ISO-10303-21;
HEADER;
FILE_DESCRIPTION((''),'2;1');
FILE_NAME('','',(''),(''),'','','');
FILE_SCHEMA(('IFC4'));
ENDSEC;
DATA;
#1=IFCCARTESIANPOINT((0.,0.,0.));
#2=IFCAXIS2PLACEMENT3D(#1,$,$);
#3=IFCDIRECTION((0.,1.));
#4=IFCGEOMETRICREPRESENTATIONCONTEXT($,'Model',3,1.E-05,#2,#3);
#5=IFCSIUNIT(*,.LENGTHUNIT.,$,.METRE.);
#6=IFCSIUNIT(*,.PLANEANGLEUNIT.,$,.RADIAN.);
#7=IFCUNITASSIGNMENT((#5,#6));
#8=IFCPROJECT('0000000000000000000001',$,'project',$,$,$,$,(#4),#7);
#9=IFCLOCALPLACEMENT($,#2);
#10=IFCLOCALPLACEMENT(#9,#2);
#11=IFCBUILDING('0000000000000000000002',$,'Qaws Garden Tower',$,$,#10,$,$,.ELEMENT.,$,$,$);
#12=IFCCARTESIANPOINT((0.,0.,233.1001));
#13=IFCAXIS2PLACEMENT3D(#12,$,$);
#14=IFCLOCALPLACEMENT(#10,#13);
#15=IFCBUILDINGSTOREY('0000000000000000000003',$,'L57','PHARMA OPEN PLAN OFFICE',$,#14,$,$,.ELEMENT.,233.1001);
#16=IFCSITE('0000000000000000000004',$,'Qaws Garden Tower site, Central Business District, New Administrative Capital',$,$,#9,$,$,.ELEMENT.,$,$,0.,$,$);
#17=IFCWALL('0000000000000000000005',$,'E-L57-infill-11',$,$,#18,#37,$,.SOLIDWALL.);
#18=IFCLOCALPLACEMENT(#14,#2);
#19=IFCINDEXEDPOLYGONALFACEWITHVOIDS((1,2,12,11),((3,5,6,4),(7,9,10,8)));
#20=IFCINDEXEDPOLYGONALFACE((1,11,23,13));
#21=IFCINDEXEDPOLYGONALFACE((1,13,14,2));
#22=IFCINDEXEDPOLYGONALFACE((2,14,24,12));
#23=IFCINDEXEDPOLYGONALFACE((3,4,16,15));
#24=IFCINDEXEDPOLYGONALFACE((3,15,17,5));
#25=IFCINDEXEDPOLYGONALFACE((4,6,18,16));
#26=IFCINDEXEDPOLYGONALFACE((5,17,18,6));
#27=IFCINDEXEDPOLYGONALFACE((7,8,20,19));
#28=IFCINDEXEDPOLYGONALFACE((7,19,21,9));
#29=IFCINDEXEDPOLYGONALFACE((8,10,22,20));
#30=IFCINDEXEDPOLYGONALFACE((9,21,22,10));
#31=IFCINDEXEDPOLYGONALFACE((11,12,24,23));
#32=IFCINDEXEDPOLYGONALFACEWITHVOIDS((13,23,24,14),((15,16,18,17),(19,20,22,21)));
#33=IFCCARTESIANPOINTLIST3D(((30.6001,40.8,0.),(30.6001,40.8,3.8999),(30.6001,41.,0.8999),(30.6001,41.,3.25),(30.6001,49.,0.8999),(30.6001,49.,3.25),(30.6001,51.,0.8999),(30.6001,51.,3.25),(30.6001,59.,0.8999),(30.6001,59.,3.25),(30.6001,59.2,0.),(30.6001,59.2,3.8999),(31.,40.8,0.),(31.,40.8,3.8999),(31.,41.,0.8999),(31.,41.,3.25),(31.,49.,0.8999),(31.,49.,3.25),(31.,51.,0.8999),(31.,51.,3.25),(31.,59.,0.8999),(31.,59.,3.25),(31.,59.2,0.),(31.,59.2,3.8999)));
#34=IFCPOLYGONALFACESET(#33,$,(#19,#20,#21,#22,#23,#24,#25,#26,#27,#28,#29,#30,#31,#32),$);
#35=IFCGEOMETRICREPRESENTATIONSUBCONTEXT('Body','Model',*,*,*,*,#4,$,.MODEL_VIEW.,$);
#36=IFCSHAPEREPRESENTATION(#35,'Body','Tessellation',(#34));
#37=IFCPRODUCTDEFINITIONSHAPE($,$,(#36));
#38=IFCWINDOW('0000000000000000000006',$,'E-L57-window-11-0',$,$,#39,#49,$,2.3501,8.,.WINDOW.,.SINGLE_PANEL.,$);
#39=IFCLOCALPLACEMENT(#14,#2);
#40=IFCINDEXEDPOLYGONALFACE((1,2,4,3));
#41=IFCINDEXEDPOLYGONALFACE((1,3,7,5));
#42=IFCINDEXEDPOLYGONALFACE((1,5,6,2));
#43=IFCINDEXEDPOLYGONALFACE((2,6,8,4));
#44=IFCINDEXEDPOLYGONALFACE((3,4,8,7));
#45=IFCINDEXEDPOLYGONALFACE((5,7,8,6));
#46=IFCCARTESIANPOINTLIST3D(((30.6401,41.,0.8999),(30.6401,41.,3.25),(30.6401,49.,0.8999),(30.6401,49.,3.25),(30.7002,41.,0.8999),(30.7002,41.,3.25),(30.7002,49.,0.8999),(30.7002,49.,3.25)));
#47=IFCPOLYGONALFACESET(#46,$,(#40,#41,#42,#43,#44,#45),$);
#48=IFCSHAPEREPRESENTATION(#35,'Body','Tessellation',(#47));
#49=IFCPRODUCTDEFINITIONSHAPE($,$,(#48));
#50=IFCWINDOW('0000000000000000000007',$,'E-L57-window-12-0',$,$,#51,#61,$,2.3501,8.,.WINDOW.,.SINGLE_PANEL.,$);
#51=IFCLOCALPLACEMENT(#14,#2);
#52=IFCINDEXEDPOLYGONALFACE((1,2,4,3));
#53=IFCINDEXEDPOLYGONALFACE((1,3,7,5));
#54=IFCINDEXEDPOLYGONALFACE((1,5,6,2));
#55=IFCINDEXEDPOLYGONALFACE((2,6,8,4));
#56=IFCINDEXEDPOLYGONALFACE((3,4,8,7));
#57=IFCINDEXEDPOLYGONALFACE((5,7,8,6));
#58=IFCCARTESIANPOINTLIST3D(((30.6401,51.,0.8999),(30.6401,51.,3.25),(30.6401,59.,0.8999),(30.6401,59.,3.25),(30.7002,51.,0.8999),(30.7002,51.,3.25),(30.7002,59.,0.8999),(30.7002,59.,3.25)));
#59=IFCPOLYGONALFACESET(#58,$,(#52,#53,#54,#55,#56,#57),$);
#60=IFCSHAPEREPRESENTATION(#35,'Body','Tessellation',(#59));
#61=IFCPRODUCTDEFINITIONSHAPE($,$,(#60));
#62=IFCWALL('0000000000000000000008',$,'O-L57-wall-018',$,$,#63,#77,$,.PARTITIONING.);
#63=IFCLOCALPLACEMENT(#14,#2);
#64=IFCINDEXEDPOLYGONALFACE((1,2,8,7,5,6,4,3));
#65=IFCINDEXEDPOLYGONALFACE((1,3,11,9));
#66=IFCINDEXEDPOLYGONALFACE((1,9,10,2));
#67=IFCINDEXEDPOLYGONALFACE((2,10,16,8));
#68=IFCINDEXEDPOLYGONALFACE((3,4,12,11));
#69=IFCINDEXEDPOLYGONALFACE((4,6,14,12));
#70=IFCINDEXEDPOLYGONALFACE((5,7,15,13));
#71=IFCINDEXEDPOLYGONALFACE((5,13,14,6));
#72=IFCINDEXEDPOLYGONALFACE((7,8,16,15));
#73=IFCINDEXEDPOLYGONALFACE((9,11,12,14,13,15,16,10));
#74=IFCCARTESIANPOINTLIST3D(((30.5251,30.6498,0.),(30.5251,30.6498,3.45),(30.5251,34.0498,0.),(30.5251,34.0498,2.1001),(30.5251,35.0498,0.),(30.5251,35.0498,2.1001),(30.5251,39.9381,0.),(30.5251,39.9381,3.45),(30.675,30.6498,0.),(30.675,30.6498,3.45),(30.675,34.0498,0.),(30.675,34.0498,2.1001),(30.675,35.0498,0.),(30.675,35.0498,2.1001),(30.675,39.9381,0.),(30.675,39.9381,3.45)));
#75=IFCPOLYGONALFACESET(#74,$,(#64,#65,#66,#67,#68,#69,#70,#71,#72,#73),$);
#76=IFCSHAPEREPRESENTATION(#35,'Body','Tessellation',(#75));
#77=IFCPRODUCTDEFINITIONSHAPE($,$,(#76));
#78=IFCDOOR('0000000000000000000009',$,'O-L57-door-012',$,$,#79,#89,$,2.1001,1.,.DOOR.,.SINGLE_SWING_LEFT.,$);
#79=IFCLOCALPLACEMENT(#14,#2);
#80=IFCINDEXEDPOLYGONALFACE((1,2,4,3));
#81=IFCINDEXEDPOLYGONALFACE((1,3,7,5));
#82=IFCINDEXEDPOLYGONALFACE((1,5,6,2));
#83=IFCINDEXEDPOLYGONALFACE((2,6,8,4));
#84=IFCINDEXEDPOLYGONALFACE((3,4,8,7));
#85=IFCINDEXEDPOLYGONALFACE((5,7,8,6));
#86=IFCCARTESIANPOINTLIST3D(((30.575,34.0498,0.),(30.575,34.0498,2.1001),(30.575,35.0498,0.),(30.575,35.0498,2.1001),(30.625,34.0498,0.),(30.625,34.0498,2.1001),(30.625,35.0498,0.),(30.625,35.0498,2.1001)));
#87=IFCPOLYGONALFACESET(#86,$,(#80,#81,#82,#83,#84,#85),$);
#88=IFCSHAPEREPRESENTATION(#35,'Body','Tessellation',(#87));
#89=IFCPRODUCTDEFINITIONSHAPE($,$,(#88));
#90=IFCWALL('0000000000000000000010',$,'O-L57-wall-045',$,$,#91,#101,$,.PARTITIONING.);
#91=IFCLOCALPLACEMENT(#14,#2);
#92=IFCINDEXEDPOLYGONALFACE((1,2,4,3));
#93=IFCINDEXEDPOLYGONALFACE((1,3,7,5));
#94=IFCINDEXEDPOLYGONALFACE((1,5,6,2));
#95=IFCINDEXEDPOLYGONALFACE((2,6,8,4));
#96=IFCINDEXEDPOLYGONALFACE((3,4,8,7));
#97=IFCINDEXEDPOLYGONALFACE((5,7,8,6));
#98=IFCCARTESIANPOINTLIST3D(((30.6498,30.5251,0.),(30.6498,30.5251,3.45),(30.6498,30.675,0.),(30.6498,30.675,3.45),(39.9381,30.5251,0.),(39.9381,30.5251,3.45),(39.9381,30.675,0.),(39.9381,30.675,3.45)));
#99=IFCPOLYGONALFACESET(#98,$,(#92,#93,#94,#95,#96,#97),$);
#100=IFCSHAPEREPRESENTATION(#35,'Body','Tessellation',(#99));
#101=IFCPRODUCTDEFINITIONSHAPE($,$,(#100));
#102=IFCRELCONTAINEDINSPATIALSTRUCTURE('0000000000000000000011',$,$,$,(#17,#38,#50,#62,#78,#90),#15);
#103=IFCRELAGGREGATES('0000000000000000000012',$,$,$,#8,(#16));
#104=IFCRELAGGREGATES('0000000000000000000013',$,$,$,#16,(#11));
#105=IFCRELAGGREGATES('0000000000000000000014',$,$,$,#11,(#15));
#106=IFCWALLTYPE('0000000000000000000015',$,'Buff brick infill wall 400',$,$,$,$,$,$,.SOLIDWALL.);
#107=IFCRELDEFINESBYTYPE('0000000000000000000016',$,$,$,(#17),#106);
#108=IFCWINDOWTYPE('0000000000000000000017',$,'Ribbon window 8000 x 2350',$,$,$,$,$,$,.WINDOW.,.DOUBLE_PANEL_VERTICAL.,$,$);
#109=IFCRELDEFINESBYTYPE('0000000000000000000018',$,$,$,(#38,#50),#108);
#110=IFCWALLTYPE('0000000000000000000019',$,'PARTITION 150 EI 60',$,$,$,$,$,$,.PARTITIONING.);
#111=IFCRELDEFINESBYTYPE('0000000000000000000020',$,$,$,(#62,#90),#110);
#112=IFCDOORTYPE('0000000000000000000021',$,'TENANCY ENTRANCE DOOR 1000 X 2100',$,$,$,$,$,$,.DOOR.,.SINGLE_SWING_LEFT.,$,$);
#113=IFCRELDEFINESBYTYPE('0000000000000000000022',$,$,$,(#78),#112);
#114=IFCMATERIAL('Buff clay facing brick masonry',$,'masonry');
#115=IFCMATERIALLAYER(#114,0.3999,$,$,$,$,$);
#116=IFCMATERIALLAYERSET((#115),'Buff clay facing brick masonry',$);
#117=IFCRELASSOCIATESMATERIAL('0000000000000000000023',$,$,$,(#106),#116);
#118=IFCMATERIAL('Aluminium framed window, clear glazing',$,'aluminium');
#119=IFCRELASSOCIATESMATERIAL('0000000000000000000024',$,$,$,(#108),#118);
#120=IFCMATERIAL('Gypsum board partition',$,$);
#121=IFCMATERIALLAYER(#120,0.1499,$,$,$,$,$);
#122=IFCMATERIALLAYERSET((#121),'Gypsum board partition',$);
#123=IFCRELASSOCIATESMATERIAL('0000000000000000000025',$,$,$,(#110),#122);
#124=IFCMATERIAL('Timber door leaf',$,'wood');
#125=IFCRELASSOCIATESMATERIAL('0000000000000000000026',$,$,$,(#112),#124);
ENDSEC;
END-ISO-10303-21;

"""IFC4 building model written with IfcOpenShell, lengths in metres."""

from ifc_helpers import new_model, si_unit, direction, frame, frame_2d, origin, place, context, subcontext, project, spatial, rectangle, extrude, material, layer, layer_set, type_object, element, fill, save


model = new_model("IFC4")

# Units and contexts
model_context = context("Model", 3, precision=1e-05, world=origin(), true_north=direction((0.0, 1.0)))
body_context = subcontext(model_context, "Body", "Model", "MODEL_VIEW")
ifc_project = project(units=[si_unit("LENGTHUNIT", "METRE"), si_unit("PLANEANGLEUNIT", "RADIAN")], contexts=[model_context])

# Site, building, storey
site_placement = place(None, origin())
site = spatial("IfcSite", under=ifc_project, at=site_placement, Name="Qaws Garden Tower site, Central Business District, New Administrative Capital", CompositionType="ELEMENT", RefElevation=0.0)
building_placement = place(site_placement, origin())
building = spatial("IfcBuilding", under=site, at=building_placement, Name="Qaws Garden Tower", CompositionType="ELEMENT")
storey_placement = place(building_placement, frame((0.0, 0.0, 233.1001)))
storey = spatial("IfcBuildingStorey", under=building, at=storey_placement, Name="L57", Description="PHARMA OPEN PLAN OFFICE", CompositionType="ELEMENT", Elevation=233.1001)

# Shared definitions
ifc_material_1 = material(Name="Buff clay facing brick masonry", Category="masonry")
ifc_layer_1 = layer(ifc_material_1, 0.3999)
ifc_layer_set_1 = layer_set([ifc_layer_1], Name="Buff clay facing brick masonry")
wall_type_1 = type_object("IfcWallType", Name="Buff brick infill wall 400", PredefinedType="SOLIDWALL", material=ifc_layer_set_1)
ifc_material_2 = material(Name="Aluminium framed window, clear glazing", Category="aluminium")
window_type_1 = type_object("IfcWindowType", Name="Ribbon window 8000 x 2350", PartitioningType="DOUBLE_PANEL_VERTICAL", PredefinedType="WINDOW", material=ifc_material_2)

# Wall, openings, windows
wall_1_placement = place(storey_placement, frame((30.8, 40.8, 0.0), z_axis=(0.0, 0.0, 1.0), x_axis=(0.0, 1.0, 0.0)))
wall_1 = element("IfcWall", 1, at=wall_1_placement, inside=storey, type_object=wall_type_1, Name="E-L57-infill-11", PredefinedType="SOLIDWALL", context=body_context, shape_type="SweptSolid", body=[
    extrude(rectangle(XDim=18.3999, YDim=0.3999, at=frame_2d((9.2, 0.0))), origin(), (0.0, 0.0, 1.0), 3.8999),
])
opening_1_placement = place(wall_1_placement, frame((0.2, 0.0, 0.8999)))
opening_1 = element("IfcOpeningElement", 2, at=opening_1_placement, cuts=wall_1, PredefinedType="OPENING", context=body_context, shape_type="SweptSolid", body=[
    extrude(rectangle(XDim=8.0, YDim=2.3501, at=frame_2d((4.0, 1.175))), frame((0.0, 0.21, 0.0), z_axis=(0.0, -1.0, 0.0), x_axis=(1.0, 0.0, 0.0)), (0.0, 0.0, 1.0), 0.4199),
])
opening_2_placement = place(wall_1_placement, frame((10.2, 0.0, 0.8999)))
opening_2 = element("IfcOpeningElement", 3, at=opening_2_placement, cuts=wall_1, PredefinedType="OPENING", context=body_context, shape_type="SweptSolid", body=[
    extrude(rectangle(XDim=8.0, YDim=2.3501, at=frame_2d((4.0, 1.175))), frame((0.0, 0.21, 0.0), z_axis=(0.0, -1.0, 0.0), x_axis=(1.0, 0.0, 0.0)), (0.0, 0.0, 1.0), 0.4199),
])
window_1_placement = place(opening_1_placement, origin())
window_1 = element("IfcWindow", 4, at=window_1_placement, inside=storey, type_object=window_type_1, Name="E-L57-window-11-0", OverallHeight=2.3501, OverallWidth=8.0, PartitioningType="SINGLE_PANEL", PredefinedType="WINDOW", context=body_context, shape_type="SweptSolid", body=[
    extrude(rectangle(XDim=8.0, YDim=2.3501, at=frame_2d((4.0, 1.175))), frame((0.0, 0.1599, 0.0), z_axis=(0.0, -1.0, 0.0), x_axis=(1.0, 0.0, 0.0)), (0.0, 0.0, 1.0), 0.0601),
])
fill(opening_1, window_1)
window_2_placement = place(opening_2_placement, origin())
window_2 = element("IfcWindow", 5, at=window_2_placement, inside=storey, type_object=window_type_1, Name="E-L57-window-12-0", OverallHeight=2.3501, OverallWidth=8.0, PartitioningType="SINGLE_PANEL", PredefinedType="WINDOW", context=body_context, shape_type="SweptSolid", body=[
    extrude(rectangle(XDim=8.0, YDim=2.3501, at=frame_2d((4.0, 1.175))), frame((0.0, 0.1599, 0.0), z_axis=(0.0, -1.0, 0.0), x_axis=(1.0, 0.0, 0.0)), (0.0, 0.0, 1.0), 0.0601),
])
fill(opening_2, window_2)

# Wall, opening, door
ifc_material_3 = material(Name="Gypsum board partition")
ifc_layer_2 = layer(ifc_material_3, 0.1499)
ifc_layer_set_2 = layer_set([ifc_layer_2], Name="Gypsum board partition")
wall_type_2 = type_object("IfcWallType", Name="PARTITION 150 EI 60", PredefinedType="PARTITIONING", material=ifc_layer_set_2)
wall_2_placement = place(storey_placement, frame((30.6001, 30.6499, 0.0), z_axis=(0.0, 0.0, 1.0), x_axis=(0.0, 1.0, 0.0)))
wall_2 = element("IfcWall", 6, at=wall_2_placement, inside=storey, type_object=wall_type_2, Name="O-L57-wall-018", PredefinedType="PARTITIONING", context=body_context, shape_type="SweptSolid", body=[
    extrude(rectangle(XDim=9.2883, YDim=0.1499, at=frame_2d((4.644, 0.0))), origin(), (0.0, 0.0, 1.0), 3.45),
])
opening_3_placement = place(wall_2_placement, frame((3.3999, 0.0, 0.0)))
opening_3 = element("IfcOpeningElement", 7, at=opening_3_placement, cuts=wall_2, PredefinedType="OPENING", context=body_context, shape_type="SweptSolid", body=[
    extrude(rectangle(XDim=1.0, YDim=2.1001, at=frame_2d((0.5, 1.05))), frame((0.0, 0.085, 0.0), z_axis=(0.0, -1.0, 0.0), x_axis=(1.0, 0.0, 0.0)), (0.0, 0.0, 1.0), 0.1699),
])
ifc_material_4 = material(Name="Timber door leaf", Category="wood")
door_type = type_object("IfcDoorType", Name="TENANCY ENTRANCE DOOR 1000 X 2100", OperationType="SINGLE_SWING_LEFT", PredefinedType="DOOR", material=ifc_material_4)
door_placement = place(opening_3_placement, frame((1.0, 0.0, 0.0), z_axis=(0.0, 0.0, 1.0), x_axis=(-1.0, 0.0, 0.0)))
door = element("IfcDoor", 8, at=door_placement, inside=storey, type_object=door_type, Name="O-L57-door-012", OperationType="SINGLE_SWING_LEFT", OverallHeight=2.1001, OverallWidth=1.0, PredefinedType="DOOR", context=body_context, shape_type="SweptSolid", body=[
    extrude(rectangle(XDim=1.0, YDim=2.1001, at=frame_2d((0.5, 1.05))), frame((0.0, 0.0249, 0.0), z_axis=(0.0, -1.0, 0.0), x_axis=(1.0, 0.0, 0.0)), (0.0, 0.0, 1.0), 0.05),
])
fill(opening_3, door)

# Wall
wall_3_placement = place(storey_placement, frame((30.6499, 30.6001, 0.0), z_axis=(0.0, 0.0, 1.0), x_axis=(1.0, 0.0, 0.0)))
element("IfcWall", 9, at=wall_3_placement, inside=storey, type_object=wall_type_2, Name="O-L57-wall-045", PredefinedType="PARTITIONING", context=body_context, shape_type="SweptSolid", body=[
    extrude(rectangle(XDim=9.2883, YDim=0.1499, at=frame_2d((4.644, 0.0))), origin(), (0.0, 0.0, 1.0), 3.45),
])

save(model, "model.ifc")
